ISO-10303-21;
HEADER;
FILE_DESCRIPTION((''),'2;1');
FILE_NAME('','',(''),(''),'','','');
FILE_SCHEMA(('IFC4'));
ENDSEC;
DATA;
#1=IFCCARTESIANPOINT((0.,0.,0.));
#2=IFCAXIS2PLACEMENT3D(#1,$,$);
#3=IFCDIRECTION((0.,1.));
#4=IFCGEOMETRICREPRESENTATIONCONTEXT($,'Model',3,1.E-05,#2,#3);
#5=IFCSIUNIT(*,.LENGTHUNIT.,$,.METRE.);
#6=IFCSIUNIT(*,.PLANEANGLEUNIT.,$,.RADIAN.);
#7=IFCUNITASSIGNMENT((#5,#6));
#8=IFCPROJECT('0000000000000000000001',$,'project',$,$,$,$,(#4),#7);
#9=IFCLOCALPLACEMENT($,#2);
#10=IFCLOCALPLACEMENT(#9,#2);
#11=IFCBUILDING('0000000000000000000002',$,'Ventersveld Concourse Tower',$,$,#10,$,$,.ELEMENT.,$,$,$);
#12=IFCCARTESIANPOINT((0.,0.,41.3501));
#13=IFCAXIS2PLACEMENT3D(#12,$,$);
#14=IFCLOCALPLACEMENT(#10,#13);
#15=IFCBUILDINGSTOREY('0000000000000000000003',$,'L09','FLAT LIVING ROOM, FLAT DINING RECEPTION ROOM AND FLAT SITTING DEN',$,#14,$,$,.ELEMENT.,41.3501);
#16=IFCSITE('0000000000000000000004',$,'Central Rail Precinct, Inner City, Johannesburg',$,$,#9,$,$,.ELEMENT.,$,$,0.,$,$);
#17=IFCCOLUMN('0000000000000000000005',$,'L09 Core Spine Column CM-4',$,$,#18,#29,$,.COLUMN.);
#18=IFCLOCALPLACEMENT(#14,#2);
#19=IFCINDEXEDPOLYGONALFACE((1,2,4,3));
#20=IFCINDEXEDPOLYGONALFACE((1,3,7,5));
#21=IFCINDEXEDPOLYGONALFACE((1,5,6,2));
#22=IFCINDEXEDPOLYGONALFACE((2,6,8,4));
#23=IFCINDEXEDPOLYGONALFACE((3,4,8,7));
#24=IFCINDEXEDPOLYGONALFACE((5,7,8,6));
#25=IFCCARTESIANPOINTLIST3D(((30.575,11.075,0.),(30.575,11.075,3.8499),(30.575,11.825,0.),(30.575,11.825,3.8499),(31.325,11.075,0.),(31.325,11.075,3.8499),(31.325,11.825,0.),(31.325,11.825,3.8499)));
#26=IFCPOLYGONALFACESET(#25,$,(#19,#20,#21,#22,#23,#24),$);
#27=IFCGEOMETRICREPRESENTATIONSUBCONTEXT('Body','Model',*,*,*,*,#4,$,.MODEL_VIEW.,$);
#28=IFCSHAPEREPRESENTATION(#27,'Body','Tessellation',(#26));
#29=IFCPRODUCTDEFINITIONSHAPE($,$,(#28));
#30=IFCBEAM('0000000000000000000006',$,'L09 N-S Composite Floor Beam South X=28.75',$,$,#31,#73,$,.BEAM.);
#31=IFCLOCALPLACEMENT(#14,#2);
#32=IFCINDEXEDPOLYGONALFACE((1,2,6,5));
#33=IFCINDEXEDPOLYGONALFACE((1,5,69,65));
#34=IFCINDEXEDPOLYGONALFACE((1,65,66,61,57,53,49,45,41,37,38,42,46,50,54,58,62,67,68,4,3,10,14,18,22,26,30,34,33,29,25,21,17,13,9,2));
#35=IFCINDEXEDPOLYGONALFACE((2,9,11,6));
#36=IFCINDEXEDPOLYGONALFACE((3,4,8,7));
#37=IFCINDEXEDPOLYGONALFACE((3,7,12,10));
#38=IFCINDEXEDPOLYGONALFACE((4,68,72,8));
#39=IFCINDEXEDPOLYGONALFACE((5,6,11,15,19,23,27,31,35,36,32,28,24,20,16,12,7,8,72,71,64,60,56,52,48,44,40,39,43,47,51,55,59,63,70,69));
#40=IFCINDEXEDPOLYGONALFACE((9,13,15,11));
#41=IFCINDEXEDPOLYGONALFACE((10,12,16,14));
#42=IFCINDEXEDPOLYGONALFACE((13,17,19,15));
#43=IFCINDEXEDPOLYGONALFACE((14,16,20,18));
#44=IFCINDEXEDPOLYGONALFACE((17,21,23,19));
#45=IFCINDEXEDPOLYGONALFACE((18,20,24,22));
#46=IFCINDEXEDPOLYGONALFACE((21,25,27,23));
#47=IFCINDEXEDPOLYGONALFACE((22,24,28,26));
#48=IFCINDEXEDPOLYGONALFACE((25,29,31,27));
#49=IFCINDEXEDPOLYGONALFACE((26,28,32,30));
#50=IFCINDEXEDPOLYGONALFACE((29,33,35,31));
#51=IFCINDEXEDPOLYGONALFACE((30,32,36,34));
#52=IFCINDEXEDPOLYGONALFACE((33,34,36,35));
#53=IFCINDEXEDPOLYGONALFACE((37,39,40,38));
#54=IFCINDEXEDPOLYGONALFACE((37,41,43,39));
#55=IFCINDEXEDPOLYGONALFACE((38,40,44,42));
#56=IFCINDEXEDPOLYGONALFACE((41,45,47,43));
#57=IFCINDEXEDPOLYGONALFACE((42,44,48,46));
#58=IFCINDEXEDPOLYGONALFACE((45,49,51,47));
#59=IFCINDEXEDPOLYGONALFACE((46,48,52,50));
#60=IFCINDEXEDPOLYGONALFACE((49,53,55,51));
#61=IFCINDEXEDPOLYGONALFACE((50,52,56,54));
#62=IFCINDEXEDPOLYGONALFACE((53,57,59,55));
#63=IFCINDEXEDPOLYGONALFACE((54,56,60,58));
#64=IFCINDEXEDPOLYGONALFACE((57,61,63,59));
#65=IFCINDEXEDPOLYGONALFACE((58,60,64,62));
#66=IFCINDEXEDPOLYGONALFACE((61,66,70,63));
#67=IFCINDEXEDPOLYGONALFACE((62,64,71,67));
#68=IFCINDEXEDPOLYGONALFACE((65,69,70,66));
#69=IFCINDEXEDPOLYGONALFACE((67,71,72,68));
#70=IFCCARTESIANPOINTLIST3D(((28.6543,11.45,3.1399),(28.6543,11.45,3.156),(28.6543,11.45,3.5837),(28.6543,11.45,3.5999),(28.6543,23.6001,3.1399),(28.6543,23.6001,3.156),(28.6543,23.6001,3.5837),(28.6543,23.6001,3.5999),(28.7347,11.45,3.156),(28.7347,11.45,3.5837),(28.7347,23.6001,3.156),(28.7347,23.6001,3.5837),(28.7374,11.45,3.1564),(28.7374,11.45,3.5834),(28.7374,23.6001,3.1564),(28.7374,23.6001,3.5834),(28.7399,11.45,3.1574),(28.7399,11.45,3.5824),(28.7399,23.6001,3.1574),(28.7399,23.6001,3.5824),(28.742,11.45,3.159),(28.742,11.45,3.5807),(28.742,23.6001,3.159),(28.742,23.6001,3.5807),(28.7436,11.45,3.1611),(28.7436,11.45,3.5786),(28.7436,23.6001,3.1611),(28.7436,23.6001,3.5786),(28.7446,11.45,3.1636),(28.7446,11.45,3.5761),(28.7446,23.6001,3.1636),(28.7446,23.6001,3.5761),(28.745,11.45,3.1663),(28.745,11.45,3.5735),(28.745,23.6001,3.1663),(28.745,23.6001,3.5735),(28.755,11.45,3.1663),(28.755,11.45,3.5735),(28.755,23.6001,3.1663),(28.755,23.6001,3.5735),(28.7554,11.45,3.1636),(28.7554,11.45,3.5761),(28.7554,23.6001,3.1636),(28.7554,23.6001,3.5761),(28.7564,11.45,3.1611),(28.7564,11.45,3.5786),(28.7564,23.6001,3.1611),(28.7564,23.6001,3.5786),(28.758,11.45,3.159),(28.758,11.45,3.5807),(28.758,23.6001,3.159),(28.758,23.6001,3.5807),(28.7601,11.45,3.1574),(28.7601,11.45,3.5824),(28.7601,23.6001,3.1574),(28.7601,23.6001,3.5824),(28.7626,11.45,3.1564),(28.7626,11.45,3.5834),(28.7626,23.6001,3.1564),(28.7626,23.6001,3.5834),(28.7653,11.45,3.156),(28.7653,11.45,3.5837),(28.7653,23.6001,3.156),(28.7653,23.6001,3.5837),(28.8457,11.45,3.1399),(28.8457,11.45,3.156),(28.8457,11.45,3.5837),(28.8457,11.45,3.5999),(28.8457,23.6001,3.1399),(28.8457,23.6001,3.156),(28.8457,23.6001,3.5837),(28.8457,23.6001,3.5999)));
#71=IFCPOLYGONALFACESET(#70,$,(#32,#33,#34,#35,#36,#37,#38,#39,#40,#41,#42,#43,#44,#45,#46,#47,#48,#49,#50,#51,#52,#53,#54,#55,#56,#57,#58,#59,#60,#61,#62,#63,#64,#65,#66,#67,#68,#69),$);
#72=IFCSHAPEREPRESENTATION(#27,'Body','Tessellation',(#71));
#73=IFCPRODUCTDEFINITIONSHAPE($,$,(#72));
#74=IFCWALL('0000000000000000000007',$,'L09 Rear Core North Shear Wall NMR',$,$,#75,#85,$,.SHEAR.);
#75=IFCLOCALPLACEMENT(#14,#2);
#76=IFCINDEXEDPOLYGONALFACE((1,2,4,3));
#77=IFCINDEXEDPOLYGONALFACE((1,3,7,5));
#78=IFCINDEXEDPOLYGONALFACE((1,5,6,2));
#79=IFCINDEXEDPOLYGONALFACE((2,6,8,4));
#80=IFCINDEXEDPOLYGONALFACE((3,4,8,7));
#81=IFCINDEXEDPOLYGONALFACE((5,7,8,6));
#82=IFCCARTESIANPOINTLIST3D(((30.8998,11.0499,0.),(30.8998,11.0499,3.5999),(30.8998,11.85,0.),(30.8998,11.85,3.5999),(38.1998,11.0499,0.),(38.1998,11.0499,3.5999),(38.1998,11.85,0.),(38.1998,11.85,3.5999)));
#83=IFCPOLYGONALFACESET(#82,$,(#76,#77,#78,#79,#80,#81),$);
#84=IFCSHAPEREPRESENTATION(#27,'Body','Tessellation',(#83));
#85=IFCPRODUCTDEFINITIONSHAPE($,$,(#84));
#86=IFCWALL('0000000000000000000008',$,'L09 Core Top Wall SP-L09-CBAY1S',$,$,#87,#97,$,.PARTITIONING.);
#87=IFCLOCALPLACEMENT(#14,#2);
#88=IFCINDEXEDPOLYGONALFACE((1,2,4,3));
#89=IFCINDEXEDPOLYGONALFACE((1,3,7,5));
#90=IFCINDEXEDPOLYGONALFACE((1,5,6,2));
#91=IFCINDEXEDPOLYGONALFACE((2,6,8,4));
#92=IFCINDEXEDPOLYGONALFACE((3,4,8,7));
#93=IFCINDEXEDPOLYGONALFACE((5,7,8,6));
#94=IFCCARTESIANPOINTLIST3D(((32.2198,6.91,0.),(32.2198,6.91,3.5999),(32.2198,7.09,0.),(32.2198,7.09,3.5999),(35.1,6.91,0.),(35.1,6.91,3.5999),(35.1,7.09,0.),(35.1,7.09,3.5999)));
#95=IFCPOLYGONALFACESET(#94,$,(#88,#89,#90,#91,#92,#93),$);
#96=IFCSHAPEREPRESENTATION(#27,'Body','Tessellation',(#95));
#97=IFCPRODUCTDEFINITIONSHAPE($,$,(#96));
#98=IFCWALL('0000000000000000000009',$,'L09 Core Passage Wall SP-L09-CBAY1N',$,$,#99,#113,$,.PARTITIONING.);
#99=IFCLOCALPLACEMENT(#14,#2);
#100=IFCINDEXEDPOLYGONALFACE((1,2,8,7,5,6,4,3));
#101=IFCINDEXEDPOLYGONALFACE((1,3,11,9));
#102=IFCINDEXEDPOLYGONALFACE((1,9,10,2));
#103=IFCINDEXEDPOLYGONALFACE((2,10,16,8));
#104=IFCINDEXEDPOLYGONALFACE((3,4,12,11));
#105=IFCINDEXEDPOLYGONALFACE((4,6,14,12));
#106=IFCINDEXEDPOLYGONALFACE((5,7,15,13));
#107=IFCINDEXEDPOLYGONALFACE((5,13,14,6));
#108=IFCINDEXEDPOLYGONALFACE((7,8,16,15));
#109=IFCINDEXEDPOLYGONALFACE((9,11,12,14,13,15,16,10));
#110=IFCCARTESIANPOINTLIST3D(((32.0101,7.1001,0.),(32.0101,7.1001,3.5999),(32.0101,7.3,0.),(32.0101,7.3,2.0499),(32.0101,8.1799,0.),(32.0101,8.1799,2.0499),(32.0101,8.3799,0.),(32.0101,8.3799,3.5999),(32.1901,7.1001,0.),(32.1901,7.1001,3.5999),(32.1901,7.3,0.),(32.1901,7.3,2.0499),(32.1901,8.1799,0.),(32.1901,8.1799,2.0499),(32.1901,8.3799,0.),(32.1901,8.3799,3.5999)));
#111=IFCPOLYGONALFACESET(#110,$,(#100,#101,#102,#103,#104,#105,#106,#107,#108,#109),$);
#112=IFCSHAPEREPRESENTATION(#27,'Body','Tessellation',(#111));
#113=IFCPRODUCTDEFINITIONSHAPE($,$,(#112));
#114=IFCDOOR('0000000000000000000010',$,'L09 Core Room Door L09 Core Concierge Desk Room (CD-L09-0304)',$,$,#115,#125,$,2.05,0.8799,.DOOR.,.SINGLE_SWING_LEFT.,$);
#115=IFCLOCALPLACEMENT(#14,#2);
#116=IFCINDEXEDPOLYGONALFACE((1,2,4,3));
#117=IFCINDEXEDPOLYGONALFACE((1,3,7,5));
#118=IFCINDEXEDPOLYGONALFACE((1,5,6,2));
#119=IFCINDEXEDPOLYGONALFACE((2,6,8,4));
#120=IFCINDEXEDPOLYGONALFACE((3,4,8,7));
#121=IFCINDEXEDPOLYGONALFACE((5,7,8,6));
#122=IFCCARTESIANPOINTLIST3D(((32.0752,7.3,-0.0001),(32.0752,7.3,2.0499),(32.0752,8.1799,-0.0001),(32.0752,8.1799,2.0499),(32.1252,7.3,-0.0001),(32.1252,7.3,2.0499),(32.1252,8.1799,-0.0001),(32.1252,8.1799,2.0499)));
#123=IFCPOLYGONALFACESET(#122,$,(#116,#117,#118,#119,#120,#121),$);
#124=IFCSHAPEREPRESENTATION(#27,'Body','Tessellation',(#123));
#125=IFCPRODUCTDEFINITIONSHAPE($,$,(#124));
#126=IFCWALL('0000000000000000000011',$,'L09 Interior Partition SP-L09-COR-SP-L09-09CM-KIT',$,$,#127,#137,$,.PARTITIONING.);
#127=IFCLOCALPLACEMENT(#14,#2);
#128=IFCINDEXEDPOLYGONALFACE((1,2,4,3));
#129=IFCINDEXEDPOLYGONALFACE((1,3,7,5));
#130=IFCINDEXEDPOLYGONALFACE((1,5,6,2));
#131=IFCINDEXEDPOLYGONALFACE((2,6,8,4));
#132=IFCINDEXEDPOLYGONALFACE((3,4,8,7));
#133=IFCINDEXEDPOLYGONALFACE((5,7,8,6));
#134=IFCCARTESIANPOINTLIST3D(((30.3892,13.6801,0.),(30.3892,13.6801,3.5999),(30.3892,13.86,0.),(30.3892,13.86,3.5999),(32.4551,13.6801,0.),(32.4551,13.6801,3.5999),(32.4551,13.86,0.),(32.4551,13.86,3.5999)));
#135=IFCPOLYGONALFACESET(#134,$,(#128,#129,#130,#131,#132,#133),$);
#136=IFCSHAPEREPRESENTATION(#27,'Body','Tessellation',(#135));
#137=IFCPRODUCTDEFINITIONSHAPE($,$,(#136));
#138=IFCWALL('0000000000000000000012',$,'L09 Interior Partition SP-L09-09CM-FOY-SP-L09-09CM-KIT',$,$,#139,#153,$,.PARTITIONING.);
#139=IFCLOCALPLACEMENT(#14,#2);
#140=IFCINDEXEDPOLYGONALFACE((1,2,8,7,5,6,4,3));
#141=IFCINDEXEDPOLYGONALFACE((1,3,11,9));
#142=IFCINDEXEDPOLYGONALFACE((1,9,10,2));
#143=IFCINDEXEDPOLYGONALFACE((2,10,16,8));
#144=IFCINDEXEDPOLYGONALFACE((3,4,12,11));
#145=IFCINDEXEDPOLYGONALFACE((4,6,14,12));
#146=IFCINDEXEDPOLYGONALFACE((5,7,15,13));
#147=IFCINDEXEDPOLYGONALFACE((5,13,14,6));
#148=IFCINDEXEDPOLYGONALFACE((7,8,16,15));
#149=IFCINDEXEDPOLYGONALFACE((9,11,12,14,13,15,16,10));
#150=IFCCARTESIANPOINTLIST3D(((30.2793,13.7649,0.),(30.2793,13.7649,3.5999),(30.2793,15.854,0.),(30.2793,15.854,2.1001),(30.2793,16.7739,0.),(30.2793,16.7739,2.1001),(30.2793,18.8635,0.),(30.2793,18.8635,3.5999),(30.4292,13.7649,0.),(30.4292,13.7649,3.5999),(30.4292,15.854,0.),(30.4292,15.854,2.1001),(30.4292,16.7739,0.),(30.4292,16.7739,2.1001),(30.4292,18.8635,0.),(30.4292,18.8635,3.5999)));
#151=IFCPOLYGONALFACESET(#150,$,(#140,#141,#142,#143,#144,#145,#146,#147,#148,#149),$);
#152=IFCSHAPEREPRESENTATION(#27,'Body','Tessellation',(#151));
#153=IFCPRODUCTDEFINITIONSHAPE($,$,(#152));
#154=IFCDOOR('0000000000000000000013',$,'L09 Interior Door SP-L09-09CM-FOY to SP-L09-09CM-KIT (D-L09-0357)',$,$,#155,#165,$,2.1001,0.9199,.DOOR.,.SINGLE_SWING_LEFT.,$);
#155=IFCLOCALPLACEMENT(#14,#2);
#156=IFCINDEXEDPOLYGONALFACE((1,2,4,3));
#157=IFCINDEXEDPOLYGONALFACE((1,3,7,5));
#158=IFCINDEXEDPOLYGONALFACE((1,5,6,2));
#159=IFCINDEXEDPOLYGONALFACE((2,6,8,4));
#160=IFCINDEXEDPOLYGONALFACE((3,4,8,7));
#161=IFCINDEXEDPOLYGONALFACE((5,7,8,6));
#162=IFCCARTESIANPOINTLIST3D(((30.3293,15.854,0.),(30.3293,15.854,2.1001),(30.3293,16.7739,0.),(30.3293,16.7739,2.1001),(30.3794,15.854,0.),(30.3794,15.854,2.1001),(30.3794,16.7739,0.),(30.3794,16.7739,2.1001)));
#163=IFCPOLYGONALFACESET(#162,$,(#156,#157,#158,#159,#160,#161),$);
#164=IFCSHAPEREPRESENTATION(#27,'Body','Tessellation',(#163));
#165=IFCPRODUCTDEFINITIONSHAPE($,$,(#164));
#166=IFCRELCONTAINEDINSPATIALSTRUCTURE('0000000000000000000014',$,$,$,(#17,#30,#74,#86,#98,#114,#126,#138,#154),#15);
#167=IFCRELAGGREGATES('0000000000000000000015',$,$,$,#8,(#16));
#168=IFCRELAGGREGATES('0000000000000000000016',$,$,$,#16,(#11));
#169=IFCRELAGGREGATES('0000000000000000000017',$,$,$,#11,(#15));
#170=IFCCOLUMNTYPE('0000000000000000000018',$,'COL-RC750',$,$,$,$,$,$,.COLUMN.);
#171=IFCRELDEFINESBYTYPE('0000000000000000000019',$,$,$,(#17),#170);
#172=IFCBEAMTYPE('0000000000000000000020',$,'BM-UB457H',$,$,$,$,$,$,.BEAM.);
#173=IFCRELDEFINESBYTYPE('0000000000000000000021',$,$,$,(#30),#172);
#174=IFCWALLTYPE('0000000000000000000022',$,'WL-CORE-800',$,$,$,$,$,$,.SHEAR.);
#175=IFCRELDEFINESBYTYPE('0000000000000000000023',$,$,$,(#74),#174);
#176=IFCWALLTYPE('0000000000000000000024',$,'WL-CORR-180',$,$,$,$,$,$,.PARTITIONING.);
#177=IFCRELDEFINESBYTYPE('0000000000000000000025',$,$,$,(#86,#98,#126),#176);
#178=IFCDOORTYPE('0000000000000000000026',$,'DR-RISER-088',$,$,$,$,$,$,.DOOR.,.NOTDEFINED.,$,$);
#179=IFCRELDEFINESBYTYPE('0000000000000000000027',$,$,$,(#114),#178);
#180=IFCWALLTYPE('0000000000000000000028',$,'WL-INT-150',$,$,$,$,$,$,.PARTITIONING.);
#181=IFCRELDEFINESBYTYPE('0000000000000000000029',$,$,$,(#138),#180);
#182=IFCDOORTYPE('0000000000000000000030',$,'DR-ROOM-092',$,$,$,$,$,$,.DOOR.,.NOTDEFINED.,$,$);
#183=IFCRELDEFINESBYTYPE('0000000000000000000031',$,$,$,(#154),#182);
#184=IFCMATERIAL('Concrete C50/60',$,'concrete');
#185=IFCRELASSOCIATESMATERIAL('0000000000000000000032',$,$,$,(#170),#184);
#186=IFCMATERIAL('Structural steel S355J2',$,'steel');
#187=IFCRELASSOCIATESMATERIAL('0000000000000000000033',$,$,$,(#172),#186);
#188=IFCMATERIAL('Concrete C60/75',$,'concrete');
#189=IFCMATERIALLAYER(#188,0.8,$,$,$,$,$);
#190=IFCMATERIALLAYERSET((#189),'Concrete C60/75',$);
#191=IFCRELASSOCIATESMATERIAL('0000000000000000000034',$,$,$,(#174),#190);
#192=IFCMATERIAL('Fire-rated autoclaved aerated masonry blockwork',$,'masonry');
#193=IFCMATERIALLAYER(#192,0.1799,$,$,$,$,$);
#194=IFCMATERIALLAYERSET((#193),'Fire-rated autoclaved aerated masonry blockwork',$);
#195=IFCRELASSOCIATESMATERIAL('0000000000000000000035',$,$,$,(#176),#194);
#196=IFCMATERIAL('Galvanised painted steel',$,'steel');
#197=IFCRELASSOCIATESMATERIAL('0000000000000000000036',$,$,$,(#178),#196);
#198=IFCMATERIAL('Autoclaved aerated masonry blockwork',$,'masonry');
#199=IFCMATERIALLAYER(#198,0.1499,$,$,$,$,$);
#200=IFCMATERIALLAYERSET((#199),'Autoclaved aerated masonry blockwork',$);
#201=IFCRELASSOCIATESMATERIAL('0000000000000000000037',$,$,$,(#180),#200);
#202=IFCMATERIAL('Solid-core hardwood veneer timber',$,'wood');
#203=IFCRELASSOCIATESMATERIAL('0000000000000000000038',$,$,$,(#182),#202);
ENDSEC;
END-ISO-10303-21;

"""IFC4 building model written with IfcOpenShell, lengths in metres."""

from ifc_helpers import new_model, si_unit, direction, frame, frame_2d, origin, origin_2d, place, context, subcontext, project, spatial, rectangle, i_section, extrude, material, layer, layer_set, material_profile, profile_set, type_object, element, fill, save


model = new_model("IFC4")

# Units and contexts
model_context = context("Model", 3, precision=1e-05, world=origin(), true_north=direction((0.0, 1.0)))
body_context = subcontext(model_context, "Body", "Model", "MODEL_VIEW")
ifc_project = project(units=[si_unit("LENGTHUNIT", "METRE"), si_unit("PLANEANGLEUNIT", "RADIAN")], contexts=[model_context])

# Site, building, storey
site_placement = place(None, origin())
site = spatial("IfcSite", under=ifc_project, at=site_placement, Name="Central Rail Precinct, Inner City, Johannesburg", CompositionType="ELEMENT", RefElevation=0.0)
building_placement = place(site_placement, origin())
building = spatial("IfcBuilding", under=site, at=building_placement, Name="Ventersveld Concourse Tower", CompositionType="ELEMENT")
storey_placement = place(building_placement, frame((0.0, 0.0, 41.3501)))
storey = spatial("IfcBuildingStorey", under=building, at=storey_placement, Name="L09", Description="FLAT LIVING ROOM, FLAT DINING RECEPTION ROOM AND FLAT SITTING DEN", CompositionType="ELEMENT", Elevation=41.3501)

# Column
ifc_material_1 = material(Name="Concrete C50/60", Category="concrete")
ifc_material_profile_1 = material_profile(ifc_material_1, rectangle(XDim=0.75, YDim=0.75, at=origin_2d()), Name="RC 750x750")
ifc_profile_set_1 = profile_set([ifc_material_profile_1], Name="Concrete C50/60")
column_type = type_object("IfcColumnType", Name="COL-RC750", PredefinedType="COLUMN", material=ifc_profile_set_1)
column_placement = place(storey_placement, frame((30.95, 11.45, 0.0), z_axis=(0.0, 0.0, 1.0), x_axis=(1.0, 0.0, 0.0)))
element("IfcColumn", 1, at=column_placement, inside=storey, type_object=column_type, Name="L09 Core Spine Column CM-4", PredefinedType="COLUMN", context=body_context, shape_type="SweptSolid", body=[
    extrude(rectangle(XDim=0.75, YDim=0.75, at=origin_2d()), origin(), (0.0, 0.0, 1.0), 3.8499),
])

# Beam
ifc_material_2 = material(Name="Structural steel S355J2", Category="steel")
ifc_material_profile_2 = material_profile(ifc_material_2, i_section(OverallWidth=0.1914, OverallDepth=0.46, WebThickness=0.01, FlangeThickness=0.0161, FilletRadius=0.0103, at=origin_2d()), Name="UB 457x191x82")
ifc_profile_set_2 = profile_set([ifc_material_profile_2], Name="Structural steel S355J2")
beam_type = type_object("IfcBeamType", Name="BM-UB457H", PredefinedType="BEAM", material=ifc_profile_set_2)
beam_placement = place(storey_placement, frame((28.75, 11.45, 3.3699), z_axis=(0.0, 1.0, 0.0), x_axis=(-1.0, 0.0, 0.0)))
element("IfcBeam", 2, at=beam_placement, inside=storey, type_object=beam_type, Name="L09 N-S Composite Floor Beam South X=28.75", PredefinedType="BEAM", context=body_context, shape_type="SweptSolid", body=[
    extrude(i_section(OverallWidth=0.1914, OverallDepth=0.46, WebThickness=0.01, FlangeThickness=0.0161, FilletRadius=0.0103, at=origin_2d()), origin(), (0.0, 0.0, 1.0), 12.1501),
])

# Walls
ifc_material_3 = material(Name="Concrete C60/75", Category="concrete")
ifc_layer_1 = layer(ifc_material_3, 0.8)
ifc_layer_set_1 = layer_set([ifc_layer_1], Name="Concrete C60/75")
wall_type_1 = type_object("IfcWallType", Name="WL-CORE-800", PredefinedType="SHEAR", material=ifc_layer_set_1)
wall_1_placement = place(storey_placement, frame((30.8999, 11.45, 0.0), z_axis=(0.0, 0.0, 1.0), x_axis=(1.0, 0.0, 0.0)))
element("IfcWall", 3, at=wall_1_placement, inside=storey, type_object=wall_type_1, Name="L09 Rear Core North Shear Wall NMR", PredefinedType="SHEAR", context=body_context, shape_type="SweptSolid", body=[
    extrude(rectangle(XDim=7.3, YDim=0.8, at=frame_2d((3.6499, 0.0))), origin(), (0.0, 0.0, 1.0), 3.5999),
])
ifc_material_4 = material(Name="Fire-rated autoclaved aerated masonry blockwork", Category="masonry")
ifc_layer_2 = layer(ifc_material_4, 0.1799)
ifc_layer_set_2 = layer_set([ifc_layer_2], Name="Fire-rated autoclaved aerated masonry blockwork")
wall_type_2 = type_object("IfcWallType", Name="WL-CORR-180", PredefinedType="PARTITIONING", material=ifc_layer_set_2)
wall_2_placement = place(storey_placement, frame((32.22, 7.0, 0.0), z_axis=(0.0, 0.0, 1.0), x_axis=(1.0, 0.0, 0.0)))
element("IfcWall", 4, at=wall_2_placement, inside=storey, type_object=wall_type_2, Name="L09 Core Top Wall SP-L09-CBAY1S", PredefinedType="PARTITIONING", context=body_context, shape_type="SweptSolid", body=[
    extrude(rectangle(XDim=2.8801, YDim=0.1799, at=frame_2d((1.4399, 0.0))), origin(), (0.0, 0.0, 1.0), 3.5999),
])

# Wall, opening, door
wall_3_placement = place(storey_placement, frame((32.1001, 7.1001, 0.0), z_axis=(0.0, 0.0, 1.0), x_axis=(0.0, 1.0, 0.0)))
wall_3 = element("IfcWall", 5, at=wall_3_placement, inside=storey, type_object=wall_type_2, Name="L09 Core Passage Wall SP-L09-CBAY1N", PredefinedType="PARTITIONING", context=body_context, shape_type="SweptSolid", body=[
    extrude(rectangle(XDim=1.2798, YDim=0.1799, at=frame_2d((0.6399, 0.0))), origin(), (0.0, 0.0, 1.0), 3.5999),
])
opening_1_placement = place(wall_3_placement, frame((0.2, 0.0, 0.0)))
opening_1 = element("IfcOpeningElement", 6, at=opening_1_placement, cuts=wall_3, PredefinedType="OPENING", context=body_context, shape_type="SweptSolid", body=[
    extrude(rectangle(XDim=0.8799, YDim=2.05, at=frame_2d((0.4399, 1.0249))), frame((0.0, 0.1001, 0.0), z_axis=(0.0, -1.0, 0.0), x_axis=(1.0, 0.0, 0.0)), (0.0, 0.0, 1.0), 0.2),
])
ifc_material_5 = material(Name="Galvanised painted steel", Category="steel")
door_type_1 = type_object("IfcDoorType", Name="DR-RISER-088", OperationType="NOTDEFINED", PredefinedType="DOOR", material=ifc_material_5)
door_1_placement = place(opening_1_placement, origin())
door_1 = element("IfcDoor", 7, at=door_1_placement, inside=storey, type_object=door_type_1, Name="L09 Core Room Door L09 Core Concierge Desk Room (CD-L09-0304)", OperationType="SINGLE_SWING_LEFT", OverallHeight=2.05, OverallWidth=0.8799, PredefinedType="DOOR", context=body_context, shape_type="SweptSolid", body=[
    extrude(rectangle(XDim=0.8799, YDim=2.05, at=frame_2d((0.4399, 1.0249))), frame((0.0, 0.0249, 0.0), z_axis=(0.0, -1.0, 0.0), x_axis=(1.0, 0.0, 0.0)), (0.0, 0.0, 1.0), 0.05),
])
fill(opening_1, door_1)

# Wall
wall_4_placement = place(storey_placement, frame((30.3892, 13.77, 0.0), z_axis=(0.0, 0.0, 1.0), x_axis=(1.0, 0.0, 0.0)))
element("IfcWall", 8, at=wall_4_placement, inside=storey, type_object=wall_type_2, Name="L09 Interior Partition SP-L09-COR-SP-L09-09CM-KIT", PredefinedType="PARTITIONING", context=body_context, shape_type="SweptSolid", body=[
    extrude(rectangle(XDim=2.0659, YDim=0.1799, at=frame_2d((1.033, 0.0))), origin(), (0.0, 0.0, 1.0), 3.5999),
])

# Wall, opening, door
ifc_material_6 = material(Name="Autoclaved aerated masonry blockwork", Category="masonry")
ifc_layer_3 = layer(ifc_material_6, 0.1499)
ifc_layer_set_3 = layer_set([ifc_layer_3], Name="Autoclaved aerated masonry blockwork")
wall_type_3 = type_object("IfcWallType", Name="WL-INT-150", PredefinedType="PARTITIONING", material=ifc_layer_set_3)
wall_5_placement = place(storey_placement, frame((30.3542, 13.7649, 0.0), z_axis=(0.0, 0.0, 1.0), x_axis=(0.0, 1.0, 0.0)))
wall_5 = element("IfcWall", 9, at=wall_5_placement, inside=storey, type_object=wall_type_3, Name="L09 Interior Partition SP-L09-09CM-FOY-SP-L09-09CM-KIT", PredefinedType="PARTITIONING", context=body_context, shape_type="SweptSolid", body=[
    extrude(rectangle(XDim=5.0986, YDim=0.1499, at=frame_2d((2.5493, 0.0))), origin(), (0.0, 0.0, 1.0), 3.5999),
])
opening_2_placement = place(wall_5_placement, frame((2.0891, 0.0, 0.0)))
opening_2 = element("IfcOpeningElement", 10, at=opening_2_placement, cuts=wall_5, PredefinedType="OPENING", context=body_context, shape_type="SweptSolid", body=[
    extrude(rectangle(XDim=0.9199, YDim=2.1001, at=frame_2d((0.46, 1.05))), frame((0.0, 0.085, 0.0), z_axis=(0.0, -1.0, 0.0), x_axis=(1.0, 0.0, 0.0)), (0.0, 0.0, 1.0), 0.1699),
])
ifc_material_7 = material(Name="Solid-core hardwood veneer timber", Category="wood")
door_type_2 = type_object("IfcDoorType", Name="DR-ROOM-092", OperationType="NOTDEFINED", PredefinedType="DOOR", material=ifc_material_7)
door_2_placement = place(opening_2_placement, origin())
door_2 = element("IfcDoor", 11, at=door_2_placement, inside=storey, type_object=door_type_2, Name="L09 Interior Door SP-L09-09CM-FOY to SP-L09-09CM-KIT (D-L09-0357)", OperationType="SINGLE_SWING_LEFT", OverallHeight=2.1001, OverallWidth=0.9199, PredefinedType="DOOR", context=body_context, shape_type="SweptSolid", body=[
    extrude(rectangle(XDim=0.9199, YDim=2.1001, at=frame_2d((0.46, 1.05))), frame((0.0, 0.0249, 0.0), z_axis=(0.0, -1.0, 0.0), x_axis=(1.0, 0.0, 0.0)), (0.0, 0.0, 1.0), 0.05),
])
fill(opening_2, door_2)

save(model, "model.ifc")
